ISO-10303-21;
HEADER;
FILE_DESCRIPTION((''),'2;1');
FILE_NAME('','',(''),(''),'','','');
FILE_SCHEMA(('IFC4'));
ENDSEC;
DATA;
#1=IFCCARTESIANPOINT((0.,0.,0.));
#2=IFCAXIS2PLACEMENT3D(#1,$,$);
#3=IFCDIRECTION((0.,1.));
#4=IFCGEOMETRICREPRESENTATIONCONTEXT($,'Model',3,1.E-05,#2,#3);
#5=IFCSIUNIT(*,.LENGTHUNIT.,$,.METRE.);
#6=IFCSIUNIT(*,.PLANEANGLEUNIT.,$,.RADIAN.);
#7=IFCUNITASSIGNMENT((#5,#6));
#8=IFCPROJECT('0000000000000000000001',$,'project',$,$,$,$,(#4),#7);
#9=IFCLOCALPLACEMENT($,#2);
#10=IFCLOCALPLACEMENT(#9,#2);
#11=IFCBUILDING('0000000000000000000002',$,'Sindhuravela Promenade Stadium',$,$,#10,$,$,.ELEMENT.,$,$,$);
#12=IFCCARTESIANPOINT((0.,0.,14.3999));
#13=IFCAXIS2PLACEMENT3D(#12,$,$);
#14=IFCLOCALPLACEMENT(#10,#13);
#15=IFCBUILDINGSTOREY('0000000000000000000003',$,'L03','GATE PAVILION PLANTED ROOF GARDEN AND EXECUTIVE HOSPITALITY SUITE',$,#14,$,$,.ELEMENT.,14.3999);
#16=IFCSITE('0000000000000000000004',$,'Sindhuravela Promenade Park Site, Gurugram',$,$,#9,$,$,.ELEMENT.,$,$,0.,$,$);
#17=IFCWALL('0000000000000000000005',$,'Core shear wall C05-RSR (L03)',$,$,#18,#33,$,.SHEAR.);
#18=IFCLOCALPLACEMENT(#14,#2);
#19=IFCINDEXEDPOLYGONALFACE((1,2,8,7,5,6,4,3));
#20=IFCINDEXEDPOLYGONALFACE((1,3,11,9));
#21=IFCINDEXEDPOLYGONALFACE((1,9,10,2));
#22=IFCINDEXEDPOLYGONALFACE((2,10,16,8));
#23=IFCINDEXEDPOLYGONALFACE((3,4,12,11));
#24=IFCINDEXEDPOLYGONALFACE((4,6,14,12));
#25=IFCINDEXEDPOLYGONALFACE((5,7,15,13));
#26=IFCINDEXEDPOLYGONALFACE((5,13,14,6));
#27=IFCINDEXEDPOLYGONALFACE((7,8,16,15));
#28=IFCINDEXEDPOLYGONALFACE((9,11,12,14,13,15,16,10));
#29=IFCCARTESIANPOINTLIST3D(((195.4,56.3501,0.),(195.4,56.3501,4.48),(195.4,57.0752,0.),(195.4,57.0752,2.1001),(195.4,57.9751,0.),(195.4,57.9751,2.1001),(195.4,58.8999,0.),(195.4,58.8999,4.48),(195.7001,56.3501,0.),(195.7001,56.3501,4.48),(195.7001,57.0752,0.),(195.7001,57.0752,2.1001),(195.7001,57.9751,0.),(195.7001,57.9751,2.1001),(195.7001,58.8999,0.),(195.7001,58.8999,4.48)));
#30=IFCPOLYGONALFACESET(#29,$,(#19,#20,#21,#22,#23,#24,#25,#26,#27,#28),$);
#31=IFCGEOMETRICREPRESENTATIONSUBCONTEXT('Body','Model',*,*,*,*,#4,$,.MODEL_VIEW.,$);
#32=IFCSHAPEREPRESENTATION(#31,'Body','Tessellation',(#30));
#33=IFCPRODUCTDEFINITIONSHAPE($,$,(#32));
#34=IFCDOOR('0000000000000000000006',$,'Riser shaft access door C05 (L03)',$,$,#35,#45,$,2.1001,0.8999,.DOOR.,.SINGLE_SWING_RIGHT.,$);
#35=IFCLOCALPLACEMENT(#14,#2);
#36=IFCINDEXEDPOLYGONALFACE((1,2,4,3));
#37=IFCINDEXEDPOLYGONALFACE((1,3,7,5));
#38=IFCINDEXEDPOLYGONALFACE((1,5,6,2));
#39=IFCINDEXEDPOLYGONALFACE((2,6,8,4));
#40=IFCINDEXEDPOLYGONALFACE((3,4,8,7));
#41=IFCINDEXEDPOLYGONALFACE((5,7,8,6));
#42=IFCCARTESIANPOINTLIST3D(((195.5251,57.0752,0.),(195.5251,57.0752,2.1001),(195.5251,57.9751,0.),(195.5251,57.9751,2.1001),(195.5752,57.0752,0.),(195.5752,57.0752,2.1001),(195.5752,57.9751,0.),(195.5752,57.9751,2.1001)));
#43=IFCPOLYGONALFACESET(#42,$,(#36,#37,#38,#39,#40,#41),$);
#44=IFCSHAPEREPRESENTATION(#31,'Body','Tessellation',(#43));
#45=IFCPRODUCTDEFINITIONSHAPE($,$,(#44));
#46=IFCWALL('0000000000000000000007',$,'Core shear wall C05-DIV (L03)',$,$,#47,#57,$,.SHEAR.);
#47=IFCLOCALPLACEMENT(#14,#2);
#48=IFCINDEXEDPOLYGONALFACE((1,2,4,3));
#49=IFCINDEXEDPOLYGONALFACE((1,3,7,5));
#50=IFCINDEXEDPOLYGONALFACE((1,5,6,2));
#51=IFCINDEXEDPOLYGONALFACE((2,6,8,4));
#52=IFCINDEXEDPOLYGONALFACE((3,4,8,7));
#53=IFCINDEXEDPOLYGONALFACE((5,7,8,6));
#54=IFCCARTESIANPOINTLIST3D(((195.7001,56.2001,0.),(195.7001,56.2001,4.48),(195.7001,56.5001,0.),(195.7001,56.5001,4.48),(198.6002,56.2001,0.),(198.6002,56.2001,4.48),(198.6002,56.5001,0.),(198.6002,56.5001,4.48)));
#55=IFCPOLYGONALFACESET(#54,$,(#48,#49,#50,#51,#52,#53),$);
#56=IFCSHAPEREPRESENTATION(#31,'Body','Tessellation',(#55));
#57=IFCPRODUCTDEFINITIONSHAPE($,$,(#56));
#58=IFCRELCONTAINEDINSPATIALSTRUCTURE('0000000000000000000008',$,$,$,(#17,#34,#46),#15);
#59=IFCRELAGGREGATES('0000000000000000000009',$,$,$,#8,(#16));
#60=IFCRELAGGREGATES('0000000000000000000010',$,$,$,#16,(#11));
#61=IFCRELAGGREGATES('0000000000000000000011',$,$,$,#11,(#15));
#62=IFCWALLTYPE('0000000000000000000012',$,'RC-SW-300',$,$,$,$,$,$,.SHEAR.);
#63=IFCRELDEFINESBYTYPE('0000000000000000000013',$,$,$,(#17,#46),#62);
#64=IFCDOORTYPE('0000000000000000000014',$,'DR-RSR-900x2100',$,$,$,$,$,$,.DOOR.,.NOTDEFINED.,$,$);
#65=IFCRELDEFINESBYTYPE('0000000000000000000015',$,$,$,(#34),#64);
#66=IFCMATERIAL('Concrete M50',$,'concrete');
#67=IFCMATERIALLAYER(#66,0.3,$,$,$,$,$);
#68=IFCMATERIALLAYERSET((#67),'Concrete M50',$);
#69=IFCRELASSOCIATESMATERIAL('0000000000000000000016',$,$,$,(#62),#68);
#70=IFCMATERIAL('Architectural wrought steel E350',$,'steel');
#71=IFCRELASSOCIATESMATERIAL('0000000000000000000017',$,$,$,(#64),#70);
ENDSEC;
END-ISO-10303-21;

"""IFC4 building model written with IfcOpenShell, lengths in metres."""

from ifc_helpers import new_model, si_unit, direction, frame, frame_2d, origin, place, context, subcontext, project, spatial, rectangle, extrude, material, layer, layer_set, type_object, element, fill, save


model = new_model("IFC4")

# Units and contexts
model_context = context("Model", 3, precision=1e-05, world=origin(), true_north=direction((0.0, 1.0)))
body_context = subcontext(model_context, "Body", "Model", "MODEL_VIEW")
ifc_project = project(units=[si_unit("LENGTHUNIT", "METRE"), si_unit("PLANEANGLEUNIT", "RADIAN")], contexts=[model_context])

# Site, building, storey
site_placement = place(None, origin())
site = spatial("IfcSite", under=ifc_project, at=site_placement, Name="Sindhuravela Promenade Park Site, Gurugram", CompositionType="ELEMENT", RefElevation=0.0)
building_placement = place(site_placement, origin())
building = spatial("IfcBuilding", under=site, at=building_placement, Name="Sindhuravela Promenade Stadium", CompositionType="ELEMENT")
storey_placement = place(building_placement, frame((0.0, 0.0, 14.3999)))
storey = spatial("IfcBuildingStorey", under=building, at=storey_placement, Name="L03", Description="GATE PAVILION PLANTED ROOF GARDEN AND EXECUTIVE HOSPITALITY SUITE", CompositionType="ELEMENT", Elevation=14.3999)

# Shared definitions
ifc_material_1 = material(Name="Concrete M50", Category="concrete")
ifc_layer_1 = layer(ifc_material_1, 0.3)
ifc_layer_set_1 = layer_set([ifc_layer_1], Name="Concrete M50")
wall_type_1 = type_object("IfcWallType", Name="RC-SW-300", PredefinedType="SHEAR", material=ifc_layer_set_1)
ifc_material_2 = material(Name="Architectural wrought steel E350", Category="steel")

# Wall, opening, door
wall_1_placement = place(storey_placement, frame((195.55, 56.3501, 0.0), z_axis=(0.0, 0.0, 1.0), x_axis=(0.0, 1.0, 0.0)))
wall_1 = element("IfcWall", 1, at=wall_1_placement, inside=storey, type_object=wall_type_1, Name="Core shear wall C05-RSR (L03)", PredefinedType="SHEAR", context=body_context, shape_type="SweptSolid", body=[
    extrude(rectangle(XDim=2.5498, YDim=0.3, at=frame_2d((1.2749, 0.0))), origin(), (0.0, 0.0, 1.0), 4.48),
])
opening_1_placement = place(wall_1_placement, frame((0.7251, 0.0, 0.0)))
opening_1 = element("IfcOpeningElement", 2, at=opening_1_placement, cuts=wall_1, PredefinedType="OPENING", context=body_context, shape_type="SweptSolid", body=[
    extrude(rectangle(XDim=0.8999, YDim=2.1001, at=frame_2d((0.45, 1.05))), frame((0.0, 0.1599, 0.0), z_axis=(0.0, -1.0, 0.0), x_axis=(1.0, 0.0, 0.0)), (0.0, 0.0, 1.0), 0.3201),
])
door_type_1 = type_object("IfcDoorType", Name="DR-RSR-900x2100", OperationType="NOTDEFINED", PredefinedType="DOOR", material=ifc_material_2)
door_1_placement = place(opening_1_placement, origin())
door_1 = element("IfcDoor", 3, at=door_1_placement, inside=storey, type_object=door_type_1, Name="Riser shaft access door C05 (L03)", OperationType="SINGLE_SWING_RIGHT", OverallHeight=2.1001, OverallWidth=0.8999, PredefinedType="DOOR", context=body_context, shape_type="SweptSolid", body=[
    extrude(rectangle(XDim=0.8999, YDim=2.1001, at=frame_2d((0.45, 1.05))), frame((0.0, 0.0249, 0.0), z_axis=(0.0, -1.0, 0.0), x_axis=(1.0, 0.0, 0.0)), (0.0, 0.0, 1.0), 0.05),
])
fill(opening_1, door_1)

# Wall
wall_2_placement = place(storey_placement, frame((195.7, 56.3501, 0.0), z_axis=(0.0, 0.0, 1.0), x_axis=(1.0, 0.0, 0.0)))
element("IfcWall", 4, at=wall_2_placement, inside=storey, type_object=wall_type_1, Name="Core shear wall C05-DIV (L03)", PredefinedType="SHEAR", context=body_context, shape_type="SweptSolid", body=[
    extrude(rectangle(XDim=2.9001, YDim=0.3, at=frame_2d((1.4502, 0.0))), origin(), (0.0, 0.0, 1.0), 4.48),
])

save(model, "model.ifc")
